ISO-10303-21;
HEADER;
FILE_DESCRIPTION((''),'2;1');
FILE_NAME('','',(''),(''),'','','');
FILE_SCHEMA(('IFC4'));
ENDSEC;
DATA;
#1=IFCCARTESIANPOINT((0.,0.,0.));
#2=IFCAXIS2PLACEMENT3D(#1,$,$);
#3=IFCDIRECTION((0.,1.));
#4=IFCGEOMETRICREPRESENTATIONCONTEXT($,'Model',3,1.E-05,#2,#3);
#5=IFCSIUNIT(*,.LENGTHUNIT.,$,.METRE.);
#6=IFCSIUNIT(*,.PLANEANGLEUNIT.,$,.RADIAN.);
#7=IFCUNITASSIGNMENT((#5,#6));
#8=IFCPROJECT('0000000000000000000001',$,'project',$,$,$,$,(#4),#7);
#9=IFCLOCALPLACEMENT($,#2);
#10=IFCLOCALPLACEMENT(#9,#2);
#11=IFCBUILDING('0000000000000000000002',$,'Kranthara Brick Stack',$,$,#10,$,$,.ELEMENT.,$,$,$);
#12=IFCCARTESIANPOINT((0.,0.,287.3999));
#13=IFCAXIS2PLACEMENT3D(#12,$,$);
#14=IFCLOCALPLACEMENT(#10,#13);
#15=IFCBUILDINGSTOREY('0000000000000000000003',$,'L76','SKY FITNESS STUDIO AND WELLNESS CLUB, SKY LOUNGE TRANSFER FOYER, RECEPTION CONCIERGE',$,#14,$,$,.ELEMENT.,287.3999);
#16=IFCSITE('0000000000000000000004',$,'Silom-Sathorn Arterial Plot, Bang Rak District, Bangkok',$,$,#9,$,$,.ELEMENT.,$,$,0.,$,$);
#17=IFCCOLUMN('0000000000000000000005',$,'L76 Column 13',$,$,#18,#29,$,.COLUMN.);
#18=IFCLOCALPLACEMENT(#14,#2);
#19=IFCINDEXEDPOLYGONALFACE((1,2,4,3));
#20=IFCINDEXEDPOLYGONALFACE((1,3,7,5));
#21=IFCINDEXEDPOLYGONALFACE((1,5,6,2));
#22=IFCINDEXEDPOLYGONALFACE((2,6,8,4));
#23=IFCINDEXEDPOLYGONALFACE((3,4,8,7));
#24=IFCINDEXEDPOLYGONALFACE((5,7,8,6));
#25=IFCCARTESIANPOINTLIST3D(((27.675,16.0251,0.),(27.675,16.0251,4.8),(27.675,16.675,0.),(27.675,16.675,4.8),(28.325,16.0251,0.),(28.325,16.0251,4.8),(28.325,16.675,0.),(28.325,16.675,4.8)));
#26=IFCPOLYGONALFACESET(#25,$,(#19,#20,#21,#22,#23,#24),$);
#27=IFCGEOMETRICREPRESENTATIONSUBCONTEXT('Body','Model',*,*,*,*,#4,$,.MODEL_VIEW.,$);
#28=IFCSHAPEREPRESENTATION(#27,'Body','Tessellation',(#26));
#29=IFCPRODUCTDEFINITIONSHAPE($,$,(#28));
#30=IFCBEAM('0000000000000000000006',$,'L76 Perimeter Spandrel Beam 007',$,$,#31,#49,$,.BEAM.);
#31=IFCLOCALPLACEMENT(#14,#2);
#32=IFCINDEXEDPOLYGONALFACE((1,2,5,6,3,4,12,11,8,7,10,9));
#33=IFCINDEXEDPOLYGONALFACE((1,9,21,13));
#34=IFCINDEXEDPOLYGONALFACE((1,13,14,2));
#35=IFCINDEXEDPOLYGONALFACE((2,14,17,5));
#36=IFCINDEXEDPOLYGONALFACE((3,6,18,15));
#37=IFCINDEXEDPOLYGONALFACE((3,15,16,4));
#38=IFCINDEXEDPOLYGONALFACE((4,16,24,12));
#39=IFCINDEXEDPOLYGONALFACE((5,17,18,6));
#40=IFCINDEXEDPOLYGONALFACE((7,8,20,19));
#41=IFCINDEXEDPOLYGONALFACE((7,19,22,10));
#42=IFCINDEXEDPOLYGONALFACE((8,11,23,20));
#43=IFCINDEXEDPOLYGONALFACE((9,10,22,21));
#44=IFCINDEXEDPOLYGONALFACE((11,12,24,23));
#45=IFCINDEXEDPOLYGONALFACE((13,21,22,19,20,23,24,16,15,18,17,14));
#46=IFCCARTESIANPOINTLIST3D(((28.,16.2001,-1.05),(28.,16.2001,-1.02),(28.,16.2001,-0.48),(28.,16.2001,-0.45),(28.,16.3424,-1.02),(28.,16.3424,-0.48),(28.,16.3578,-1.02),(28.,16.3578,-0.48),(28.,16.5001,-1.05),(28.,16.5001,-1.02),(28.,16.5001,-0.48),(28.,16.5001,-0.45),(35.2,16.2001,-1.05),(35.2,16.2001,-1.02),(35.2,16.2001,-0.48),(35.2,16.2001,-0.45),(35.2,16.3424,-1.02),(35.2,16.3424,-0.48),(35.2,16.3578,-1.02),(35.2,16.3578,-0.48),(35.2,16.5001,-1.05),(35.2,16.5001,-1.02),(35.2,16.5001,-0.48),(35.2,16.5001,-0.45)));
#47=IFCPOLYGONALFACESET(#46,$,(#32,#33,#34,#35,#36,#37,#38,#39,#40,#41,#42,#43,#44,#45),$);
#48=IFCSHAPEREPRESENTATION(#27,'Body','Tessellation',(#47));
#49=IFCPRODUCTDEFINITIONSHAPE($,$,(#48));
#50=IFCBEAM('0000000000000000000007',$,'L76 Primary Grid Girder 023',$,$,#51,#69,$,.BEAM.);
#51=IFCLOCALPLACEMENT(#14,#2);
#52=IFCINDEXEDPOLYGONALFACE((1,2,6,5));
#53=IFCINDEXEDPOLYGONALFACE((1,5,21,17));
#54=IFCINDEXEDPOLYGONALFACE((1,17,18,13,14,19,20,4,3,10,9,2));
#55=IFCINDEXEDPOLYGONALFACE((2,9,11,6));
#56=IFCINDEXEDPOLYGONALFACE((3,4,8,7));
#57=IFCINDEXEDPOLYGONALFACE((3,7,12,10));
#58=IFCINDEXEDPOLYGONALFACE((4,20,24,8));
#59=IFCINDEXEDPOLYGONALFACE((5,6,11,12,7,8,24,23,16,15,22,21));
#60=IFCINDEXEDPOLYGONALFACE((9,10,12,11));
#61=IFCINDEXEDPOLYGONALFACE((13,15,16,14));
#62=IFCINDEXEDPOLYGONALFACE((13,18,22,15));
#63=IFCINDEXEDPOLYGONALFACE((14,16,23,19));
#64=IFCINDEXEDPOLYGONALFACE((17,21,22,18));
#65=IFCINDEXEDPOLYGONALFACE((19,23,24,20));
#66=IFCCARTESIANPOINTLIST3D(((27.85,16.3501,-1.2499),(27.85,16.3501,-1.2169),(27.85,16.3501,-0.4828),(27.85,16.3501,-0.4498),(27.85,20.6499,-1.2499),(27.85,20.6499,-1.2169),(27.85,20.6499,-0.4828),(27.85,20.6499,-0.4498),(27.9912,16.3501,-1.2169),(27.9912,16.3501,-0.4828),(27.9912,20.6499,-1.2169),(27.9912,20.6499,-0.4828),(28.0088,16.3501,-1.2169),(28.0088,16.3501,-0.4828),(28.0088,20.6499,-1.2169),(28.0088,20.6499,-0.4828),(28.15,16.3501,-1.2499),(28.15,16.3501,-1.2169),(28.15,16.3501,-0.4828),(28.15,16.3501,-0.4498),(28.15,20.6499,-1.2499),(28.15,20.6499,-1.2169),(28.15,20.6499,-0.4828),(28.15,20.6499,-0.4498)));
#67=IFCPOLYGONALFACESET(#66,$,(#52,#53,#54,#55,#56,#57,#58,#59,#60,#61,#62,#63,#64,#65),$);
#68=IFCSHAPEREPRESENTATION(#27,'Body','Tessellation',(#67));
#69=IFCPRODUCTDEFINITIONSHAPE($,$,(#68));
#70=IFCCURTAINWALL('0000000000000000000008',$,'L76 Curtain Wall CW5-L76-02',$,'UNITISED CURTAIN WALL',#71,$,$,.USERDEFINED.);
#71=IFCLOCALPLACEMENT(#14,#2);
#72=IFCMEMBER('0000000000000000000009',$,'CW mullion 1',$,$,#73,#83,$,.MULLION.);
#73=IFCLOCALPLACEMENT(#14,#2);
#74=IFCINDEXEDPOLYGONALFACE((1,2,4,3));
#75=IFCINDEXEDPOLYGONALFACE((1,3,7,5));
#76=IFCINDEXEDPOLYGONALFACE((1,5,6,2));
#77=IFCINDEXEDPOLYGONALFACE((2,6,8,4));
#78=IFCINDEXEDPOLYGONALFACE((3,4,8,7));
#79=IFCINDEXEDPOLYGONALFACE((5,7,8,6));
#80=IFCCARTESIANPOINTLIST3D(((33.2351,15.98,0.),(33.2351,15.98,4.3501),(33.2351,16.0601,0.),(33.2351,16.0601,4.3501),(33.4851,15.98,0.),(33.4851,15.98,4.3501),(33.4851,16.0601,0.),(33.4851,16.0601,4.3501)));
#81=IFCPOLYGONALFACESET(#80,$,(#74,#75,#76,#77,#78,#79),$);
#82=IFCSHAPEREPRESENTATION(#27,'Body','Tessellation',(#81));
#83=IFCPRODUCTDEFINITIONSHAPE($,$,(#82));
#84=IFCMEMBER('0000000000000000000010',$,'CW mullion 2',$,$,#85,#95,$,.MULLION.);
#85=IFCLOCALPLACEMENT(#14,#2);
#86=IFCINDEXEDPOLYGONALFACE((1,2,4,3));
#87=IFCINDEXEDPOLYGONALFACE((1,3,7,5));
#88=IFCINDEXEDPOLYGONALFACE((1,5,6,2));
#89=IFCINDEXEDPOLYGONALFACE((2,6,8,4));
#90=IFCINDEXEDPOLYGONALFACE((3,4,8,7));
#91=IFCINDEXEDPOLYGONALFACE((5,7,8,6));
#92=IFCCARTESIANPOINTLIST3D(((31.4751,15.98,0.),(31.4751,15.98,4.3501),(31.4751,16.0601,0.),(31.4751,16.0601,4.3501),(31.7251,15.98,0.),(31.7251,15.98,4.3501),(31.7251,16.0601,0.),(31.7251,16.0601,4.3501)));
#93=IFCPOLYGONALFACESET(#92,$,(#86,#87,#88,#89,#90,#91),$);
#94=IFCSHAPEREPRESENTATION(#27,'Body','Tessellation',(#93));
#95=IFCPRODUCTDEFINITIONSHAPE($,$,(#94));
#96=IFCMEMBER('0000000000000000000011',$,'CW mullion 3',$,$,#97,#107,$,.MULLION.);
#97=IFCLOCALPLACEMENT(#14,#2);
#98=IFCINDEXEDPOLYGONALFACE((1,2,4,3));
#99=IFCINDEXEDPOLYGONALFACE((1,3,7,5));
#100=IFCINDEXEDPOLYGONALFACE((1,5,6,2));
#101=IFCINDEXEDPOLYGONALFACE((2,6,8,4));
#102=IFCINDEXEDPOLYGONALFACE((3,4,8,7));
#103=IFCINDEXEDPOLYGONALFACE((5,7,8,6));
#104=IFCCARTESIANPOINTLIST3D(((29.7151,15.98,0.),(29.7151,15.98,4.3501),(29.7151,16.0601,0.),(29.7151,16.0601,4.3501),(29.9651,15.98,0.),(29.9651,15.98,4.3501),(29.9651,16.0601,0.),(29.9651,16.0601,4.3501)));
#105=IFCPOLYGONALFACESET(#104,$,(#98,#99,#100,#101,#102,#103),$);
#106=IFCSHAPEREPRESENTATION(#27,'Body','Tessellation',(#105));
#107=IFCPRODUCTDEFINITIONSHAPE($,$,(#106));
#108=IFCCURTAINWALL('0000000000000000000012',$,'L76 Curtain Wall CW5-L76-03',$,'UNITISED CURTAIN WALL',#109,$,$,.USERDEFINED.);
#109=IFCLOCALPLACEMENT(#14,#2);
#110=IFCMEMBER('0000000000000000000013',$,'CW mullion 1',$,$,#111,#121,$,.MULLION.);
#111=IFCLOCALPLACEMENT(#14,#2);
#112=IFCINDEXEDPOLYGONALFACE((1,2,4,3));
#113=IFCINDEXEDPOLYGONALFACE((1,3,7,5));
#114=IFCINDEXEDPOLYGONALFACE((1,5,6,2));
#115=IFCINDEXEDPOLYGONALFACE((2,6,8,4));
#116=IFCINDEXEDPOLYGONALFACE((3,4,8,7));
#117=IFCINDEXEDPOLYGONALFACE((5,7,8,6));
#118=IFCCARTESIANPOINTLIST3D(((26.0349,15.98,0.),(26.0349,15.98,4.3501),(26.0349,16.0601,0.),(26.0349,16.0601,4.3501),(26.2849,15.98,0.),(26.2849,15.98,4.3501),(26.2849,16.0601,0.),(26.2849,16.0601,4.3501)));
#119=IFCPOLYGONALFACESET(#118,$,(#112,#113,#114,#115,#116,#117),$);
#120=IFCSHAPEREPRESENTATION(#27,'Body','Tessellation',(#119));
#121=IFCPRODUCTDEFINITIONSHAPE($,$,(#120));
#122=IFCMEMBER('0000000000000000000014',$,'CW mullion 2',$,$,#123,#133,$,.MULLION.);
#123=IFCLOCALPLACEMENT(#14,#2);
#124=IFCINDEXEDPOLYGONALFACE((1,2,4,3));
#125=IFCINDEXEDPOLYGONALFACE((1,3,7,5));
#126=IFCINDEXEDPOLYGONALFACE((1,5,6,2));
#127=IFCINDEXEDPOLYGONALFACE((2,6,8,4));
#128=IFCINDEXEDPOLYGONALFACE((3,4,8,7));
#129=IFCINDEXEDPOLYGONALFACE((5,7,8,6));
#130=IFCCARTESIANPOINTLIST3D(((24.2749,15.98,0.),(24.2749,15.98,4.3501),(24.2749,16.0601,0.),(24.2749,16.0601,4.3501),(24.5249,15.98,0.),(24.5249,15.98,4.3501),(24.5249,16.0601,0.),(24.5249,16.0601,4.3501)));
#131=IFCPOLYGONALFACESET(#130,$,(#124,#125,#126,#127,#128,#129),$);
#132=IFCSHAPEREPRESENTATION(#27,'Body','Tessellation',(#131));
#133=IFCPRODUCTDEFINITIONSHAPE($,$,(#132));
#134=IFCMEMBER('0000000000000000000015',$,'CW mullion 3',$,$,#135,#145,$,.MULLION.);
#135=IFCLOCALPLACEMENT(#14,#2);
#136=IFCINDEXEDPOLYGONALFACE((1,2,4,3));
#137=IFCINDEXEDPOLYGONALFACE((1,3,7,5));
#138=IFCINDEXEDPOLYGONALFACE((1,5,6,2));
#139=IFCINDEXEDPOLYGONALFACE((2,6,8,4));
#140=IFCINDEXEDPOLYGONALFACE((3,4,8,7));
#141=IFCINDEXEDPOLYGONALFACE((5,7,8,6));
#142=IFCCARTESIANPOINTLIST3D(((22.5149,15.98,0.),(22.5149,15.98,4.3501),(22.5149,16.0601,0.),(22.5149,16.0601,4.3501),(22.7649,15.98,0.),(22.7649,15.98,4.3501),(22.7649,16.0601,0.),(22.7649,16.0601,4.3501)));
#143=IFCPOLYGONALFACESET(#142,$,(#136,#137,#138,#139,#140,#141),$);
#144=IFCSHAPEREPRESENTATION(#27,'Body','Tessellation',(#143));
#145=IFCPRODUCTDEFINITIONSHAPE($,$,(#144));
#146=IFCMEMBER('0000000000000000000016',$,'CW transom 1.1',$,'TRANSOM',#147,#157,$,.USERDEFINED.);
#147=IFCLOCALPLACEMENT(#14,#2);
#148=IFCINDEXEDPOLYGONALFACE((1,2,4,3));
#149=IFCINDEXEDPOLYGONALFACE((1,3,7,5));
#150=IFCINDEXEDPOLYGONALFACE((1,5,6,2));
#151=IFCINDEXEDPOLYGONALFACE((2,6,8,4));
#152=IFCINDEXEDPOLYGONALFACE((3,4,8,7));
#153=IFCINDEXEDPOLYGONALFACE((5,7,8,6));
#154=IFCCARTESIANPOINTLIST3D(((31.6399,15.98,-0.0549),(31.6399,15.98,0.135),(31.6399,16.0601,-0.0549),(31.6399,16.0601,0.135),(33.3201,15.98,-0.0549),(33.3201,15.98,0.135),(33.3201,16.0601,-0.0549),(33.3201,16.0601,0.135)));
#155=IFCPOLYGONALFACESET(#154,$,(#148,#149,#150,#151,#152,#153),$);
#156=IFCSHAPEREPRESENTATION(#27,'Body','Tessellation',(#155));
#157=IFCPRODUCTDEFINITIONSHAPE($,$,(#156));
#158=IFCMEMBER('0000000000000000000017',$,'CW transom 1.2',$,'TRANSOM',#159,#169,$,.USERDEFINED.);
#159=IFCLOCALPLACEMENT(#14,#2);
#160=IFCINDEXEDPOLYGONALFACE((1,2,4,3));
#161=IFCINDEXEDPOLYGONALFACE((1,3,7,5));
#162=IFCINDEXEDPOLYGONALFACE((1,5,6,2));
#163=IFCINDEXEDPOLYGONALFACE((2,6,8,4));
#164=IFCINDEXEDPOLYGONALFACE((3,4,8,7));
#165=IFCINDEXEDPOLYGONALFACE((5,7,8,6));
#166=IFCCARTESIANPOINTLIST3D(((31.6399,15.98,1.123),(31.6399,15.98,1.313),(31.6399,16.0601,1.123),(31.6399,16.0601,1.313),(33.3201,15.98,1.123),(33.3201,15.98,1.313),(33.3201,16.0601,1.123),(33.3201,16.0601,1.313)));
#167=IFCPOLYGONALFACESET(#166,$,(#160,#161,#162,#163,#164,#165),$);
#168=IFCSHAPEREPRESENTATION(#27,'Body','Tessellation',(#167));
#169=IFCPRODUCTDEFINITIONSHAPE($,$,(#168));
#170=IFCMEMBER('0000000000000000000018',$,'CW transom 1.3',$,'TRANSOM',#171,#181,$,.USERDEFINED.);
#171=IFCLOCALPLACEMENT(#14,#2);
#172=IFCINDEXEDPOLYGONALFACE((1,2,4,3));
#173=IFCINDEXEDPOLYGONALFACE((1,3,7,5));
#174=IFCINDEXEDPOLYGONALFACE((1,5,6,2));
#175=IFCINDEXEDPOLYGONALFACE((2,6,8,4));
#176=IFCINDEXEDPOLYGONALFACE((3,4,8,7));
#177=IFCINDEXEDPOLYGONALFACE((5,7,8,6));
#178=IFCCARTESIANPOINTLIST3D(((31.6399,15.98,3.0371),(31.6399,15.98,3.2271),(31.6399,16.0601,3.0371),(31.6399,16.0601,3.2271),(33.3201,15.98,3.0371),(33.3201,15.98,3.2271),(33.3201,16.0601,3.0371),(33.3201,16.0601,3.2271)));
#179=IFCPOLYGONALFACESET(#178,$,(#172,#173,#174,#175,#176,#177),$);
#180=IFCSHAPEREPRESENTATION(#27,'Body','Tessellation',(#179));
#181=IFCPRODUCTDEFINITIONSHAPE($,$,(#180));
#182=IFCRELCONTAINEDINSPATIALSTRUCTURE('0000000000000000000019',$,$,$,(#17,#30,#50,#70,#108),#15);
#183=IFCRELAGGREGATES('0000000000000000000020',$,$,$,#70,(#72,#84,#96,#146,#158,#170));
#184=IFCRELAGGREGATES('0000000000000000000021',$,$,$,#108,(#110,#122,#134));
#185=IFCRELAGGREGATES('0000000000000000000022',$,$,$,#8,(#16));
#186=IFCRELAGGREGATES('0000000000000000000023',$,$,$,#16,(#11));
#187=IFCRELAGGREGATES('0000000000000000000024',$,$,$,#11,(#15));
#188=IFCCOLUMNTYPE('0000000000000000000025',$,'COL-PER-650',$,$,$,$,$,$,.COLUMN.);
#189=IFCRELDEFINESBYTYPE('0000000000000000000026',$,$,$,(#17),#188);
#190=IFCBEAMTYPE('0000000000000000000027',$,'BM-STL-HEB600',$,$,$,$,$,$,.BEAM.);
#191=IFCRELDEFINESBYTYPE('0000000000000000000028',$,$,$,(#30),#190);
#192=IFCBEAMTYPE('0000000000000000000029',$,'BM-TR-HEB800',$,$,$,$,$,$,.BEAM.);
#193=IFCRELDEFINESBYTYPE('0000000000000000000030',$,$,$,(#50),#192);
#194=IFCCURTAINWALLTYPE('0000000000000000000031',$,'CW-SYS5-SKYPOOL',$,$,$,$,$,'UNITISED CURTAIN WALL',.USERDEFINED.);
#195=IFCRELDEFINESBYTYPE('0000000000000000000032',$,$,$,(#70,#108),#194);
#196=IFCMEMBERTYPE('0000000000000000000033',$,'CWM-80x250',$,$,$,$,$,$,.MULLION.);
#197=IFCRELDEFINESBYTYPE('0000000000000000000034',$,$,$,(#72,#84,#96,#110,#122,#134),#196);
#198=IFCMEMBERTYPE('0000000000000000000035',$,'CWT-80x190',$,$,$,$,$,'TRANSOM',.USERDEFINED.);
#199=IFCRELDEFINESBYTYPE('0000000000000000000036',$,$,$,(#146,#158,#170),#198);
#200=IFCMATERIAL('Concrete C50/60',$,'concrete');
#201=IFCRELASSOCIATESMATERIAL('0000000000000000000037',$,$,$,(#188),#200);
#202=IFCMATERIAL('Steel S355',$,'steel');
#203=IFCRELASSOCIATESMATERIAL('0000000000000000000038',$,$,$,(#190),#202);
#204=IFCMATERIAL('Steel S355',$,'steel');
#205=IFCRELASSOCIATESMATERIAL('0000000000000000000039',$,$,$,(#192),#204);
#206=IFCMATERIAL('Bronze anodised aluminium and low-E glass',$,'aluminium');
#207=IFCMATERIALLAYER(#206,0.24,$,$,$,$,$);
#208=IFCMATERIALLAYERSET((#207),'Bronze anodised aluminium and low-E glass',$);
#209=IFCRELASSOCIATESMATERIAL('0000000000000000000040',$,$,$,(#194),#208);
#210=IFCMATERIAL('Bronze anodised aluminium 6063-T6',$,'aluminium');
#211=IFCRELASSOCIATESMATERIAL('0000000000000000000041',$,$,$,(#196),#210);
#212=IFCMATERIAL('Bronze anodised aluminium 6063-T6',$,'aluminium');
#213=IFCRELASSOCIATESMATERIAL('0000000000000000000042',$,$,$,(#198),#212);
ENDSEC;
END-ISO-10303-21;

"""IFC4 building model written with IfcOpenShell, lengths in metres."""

from ifc_helpers import new_model, si_unit, direction, frame, origin, origin_2d, place, context, subcontext, project, spatial, rectangle, i_section, extrude, material, layer, layer_set, material_profile, profile_set, type_object, element, aggregate, save


model = new_model("IFC4")

# Units and contexts
model_context = context("Model", 3, precision=1e-05, world=origin(), true_north=direction((0.0, 1.0)))
body_context = subcontext(model_context, "Body", "Model", "MODEL_VIEW")
ifc_project = project(units=[si_unit("LENGTHUNIT", "METRE"), si_unit("PLANEANGLEUNIT", "RADIAN")], contexts=[model_context])

# Site, building, storey
site_placement = place(None, origin())
site = spatial("IfcSite", under=ifc_project, at=site_placement, Name="Silom-Sathorn Arterial Plot, Bang Rak District, Bangkok", CompositionType="ELEMENT", RefElevation=0.0)
building_placement = place(site_placement, origin())
building = spatial("IfcBuilding", under=site, at=building_placement, Name="Kranthara Brick Stack", CompositionType="ELEMENT")
storey_placement = place(building_placement, frame((0.0, 0.0, 287.3999)))
storey = spatial("IfcBuildingStorey", under=building, at=storey_placement, Name="L76", Description="SKY FITNESS STUDIO AND WELLNESS CLUB, SKY LOUNGE TRANSFER FOYER, RECEPTION CONCIERGE", CompositionType="ELEMENT", Elevation=287.3999)

# Column
ifc_material_1 = material(Name="Concrete C50/60", Category="concrete")
ifc_material_profile_1 = material_profile(ifc_material_1, rectangle(XDim=0.6499, YDim=0.6499, at=origin_2d()), Name="RC 650x650")
ifc_profile_set_1 = profile_set([ifc_material_profile_1], Name="Concrete C50/60")
column_type = type_object("IfcColumnType", Name="COL-PER-650", PredefinedType="COLUMN", material=ifc_profile_set_1)
column_placement = place(storey_placement, frame((28.0, 16.3501, 0.0), z_axis=(0.0, 0.0, 1.0), x_axis=(1.0, 0.0, 0.0)))
element("IfcColumn", 1, at=column_placement, inside=storey, type_object=column_type, Name="L76 Column 13", PredefinedType="COLUMN", context=body_context, shape_type="SweptSolid", body=[
    extrude(rectangle(XDim=0.6499, YDim=0.6499, at=origin_2d()), origin(), (0.0, 0.0, 1.0), 4.8),
])

# Beams
ifc_material_2 = material(Name="Steel S355", Category="steel")
ifc_material_profile_2 = material_profile(ifc_material_2, i_section(OverallWidth=0.3, OverallDepth=0.6001, WebThickness=0.0154, FlangeThickness=0.03, at=origin_2d()), Name="HEB 600")
ifc_profile_set_2 = profile_set([ifc_material_profile_2], Name="Steel S355")
beam_type_1 = type_object("IfcBeamType", Name="BM-STL-HEB600", PredefinedType="BEAM", material=ifc_profile_set_2)
beam_1_placement = place(storey_placement, frame((28.0, 16.3501, -0.75), z_axis=(1.0, 0.0, 0.0), x_axis=(0.0, 1.0, 0.0)))
element("IfcBeam", 2, at=beam_1_placement, inside=storey, type_object=beam_type_1, Name="L76 Perimeter Spandrel Beam 007", PredefinedType="BEAM", context=body_context, shape_type="SweptSolid", body=[
    extrude(i_section(OverallWidth=0.3, OverallDepth=0.6001, WebThickness=0.0154, FlangeThickness=0.03, at=origin_2d()), origin(), (0.0, 0.0, 1.0), 7.2),
])
ifc_material_3 = material(Name="Steel S355", Category="steel")
ifc_material_profile_3 = material_profile(ifc_material_3, i_section(OverallWidth=0.3, OverallDepth=0.8, WebThickness=0.0176, FlangeThickness=0.033, at=origin_2d()), Name="HEB 800")
ifc_profile_set_3 = profile_set([ifc_material_profile_3], Name="Steel S355")
beam_type_2 = type_object("IfcBeamType", Name="BM-TR-HEB800", PredefinedType="BEAM", material=ifc_profile_set_3)
beam_2_placement = place(storey_placement, frame((28.0, 16.3501, -0.8499), z_axis=(0.0, 1.0, 0.0), x_axis=(-1.0, 0.0, 0.0)))
element("IfcBeam", 3, at=beam_2_placement, inside=storey, type_object=beam_type_2, Name="L76 Primary Grid Girder 023", PredefinedType="BEAM", context=body_context, shape_type="SweptSolid", body=[
    extrude(i_section(OverallWidth=0.3, OverallDepth=0.8, WebThickness=0.0176, FlangeThickness=0.033, at=origin_2d()), origin(), (0.0, 0.0, 1.0), 4.2998),
])

# Curtain walls, members
ifc_material_4 = material(Name="Bronze anodised aluminium and low-E glass", Category="aluminium")
ifc_layer_1 = layer(ifc_material_4, 0.24)
ifc_layer_set_1 = layer_set([ifc_layer_1], Name="Bronze anodised aluminium and low-E glass")
curtain_wall_type = type_object("IfcCurtainWallType", Name="CW-SYS5-SKYPOOL", ElementType="UNITISED CURTAIN WALL", PredefinedType="USERDEFINED", material=ifc_layer_set_1)
curtain_wall_1_placement = place(storey_placement, origin())
curtain_wall_1 = element("IfcCurtainWall", 4, at=curtain_wall_1_placement, inside=storey, type_object=curtain_wall_type, Name="L76 Curtain Wall CW5-L76-02", ObjectType="UNITISED CURTAIN WALL", PredefinedType="USERDEFINED")
ifc_material_5 = material(Name="Bronze anodised aluminium 6063-T6", Category="aluminium")
ifc_material_profile_4 = material_profile(ifc_material_5, rectangle(XDim=0.0801, YDim=0.25, at=origin_2d()), Name="ALU MULLION 80x250")
ifc_profile_set_4 = profile_set([ifc_material_profile_4], Name="Bronze anodised aluminium 6063-T6")
member_type_1 = type_object("IfcMemberType", Name="CWM-80x250", PredefinedType="MULLION", material=ifc_profile_set_4)
member_1_placement = place(storey_placement, frame((33.3601, 16.02, 0.0), z_axis=(0.0, 0.0, 1.0), x_axis=(0.0, -1.0, 0.0)))
member_1 = element("IfcMember", 5, at=member_1_placement, type_object=member_type_1, Name="CW mullion 1", PredefinedType="MULLION", context=body_context, shape_type="SweptSolid", body=[
    extrude(rectangle(XDim=0.0801, YDim=0.25, at=origin_2d()), origin(), (0.0, 0.0, 1.0), 4.3501),
])
member_2_placement = place(storey_placement, frame((31.6001, 16.02, 0.0), z_axis=(0.0, 0.0, 1.0), x_axis=(0.0, -1.0, 0.0)))
member_2 = element("IfcMember", 6, at=member_2_placement, type_object=member_type_1, Name="CW mullion 2", PredefinedType="MULLION", context=body_context, shape_type="SweptSolid", body=[
    extrude(rectangle(XDim=0.0801, YDim=0.25, at=origin_2d()), origin(), (0.0, 0.0, 1.0), 4.3501),
])
member_3_placement = place(storey_placement, frame((29.8401, 16.02, 0.0), z_axis=(0.0, 0.0, 1.0), x_axis=(0.0, -1.0, 0.0)))
member_3 = element("IfcMember", 7, at=member_3_placement, type_object=member_type_1, Name="CW mullion 3", PredefinedType="MULLION", context=body_context, shape_type="SweptSolid", body=[
    extrude(rectangle(XDim=0.0801, YDim=0.25, at=origin_2d()), origin(), (0.0, 0.0, 1.0), 4.3501),
])
curtain_wall_2_placement = place(storey_placement, origin())
curtain_wall_2 = element("IfcCurtainWall", 8, at=curtain_wall_2_placement, inside=storey, type_object=curtain_wall_type, Name="L76 Curtain Wall CW5-L76-03", ObjectType="UNITISED CURTAIN WALL", PredefinedType="USERDEFINED")
member_4_placement = place(storey_placement, frame((26.1599, 16.02, 0.0), z_axis=(0.0, 0.0, 1.0), x_axis=(0.0, -1.0, 0.0)))
member_4 = element("IfcMember", 9, at=member_4_placement, type_object=member_type_1, Name="CW mullion 1", PredefinedType="MULLION", context=body_context, shape_type="SweptSolid", body=[
    extrude(rectangle(XDim=0.0801, YDim=0.25, at=origin_2d()), origin(), (0.0, 0.0, 1.0), 4.3501),
])
member_5_placement = place(storey_placement, frame((24.3999, 16.02, 0.0), z_axis=(0.0, 0.0, 1.0), x_axis=(0.0, -1.0, 0.0)))
member_5 = element("IfcMember", 10, at=member_5_placement, type_object=member_type_1, Name="CW mullion 2", PredefinedType="MULLION", context=body_context, shape_type="SweptSolid", body=[
    extrude(rectangle(XDim=0.0801, YDim=0.25, at=origin_2d()), origin(), (0.0, 0.0, 1.0), 4.3501),
])
member_6_placement = place(storey_placement, frame((22.6399, 16.02, 0.0), z_axis=(0.0, 0.0, 1.0), x_axis=(0.0, -1.0, 0.0)))
member_6 = element("IfcMember", 11, at=member_6_placement, type_object=member_type_1, Name="CW mullion 3", PredefinedType="MULLION", context=body_context, shape_type="SweptSolid", body=[
    extrude(rectangle(XDim=0.0801, YDim=0.25, at=origin_2d()), origin(), (0.0, 0.0, 1.0), 4.3501),
])

# Members
ifc_material_6 = material(Name="Bronze anodised aluminium 6063-T6", Category="aluminium")
ifc_material_profile_5 = material_profile(ifc_material_6, rectangle(XDim=0.0801, YDim=0.1899, at=origin_2d()), Name="ALU TRANSOM 80x190")
ifc_profile_set_5 = profile_set([ifc_material_profile_5], Name="Bronze anodised aluminium 6063-T6")
member_type_2 = type_object("IfcMemberType", Name="CWT-80x190", ElementType="TRANSOM", PredefinedType="USERDEFINED", material=ifc_profile_set_5)
member_7_placement = place(storey_placement, frame((33.3201, 16.02, 0.04), z_axis=(-1.0, 0.0, 0.0), x_axis=(0.0, -1.0, 0.0)))
member_7 = element("IfcMember", 12, at=member_7_placement, type_object=member_type_2, Name="CW transom 1.1", ObjectType="TRANSOM", PredefinedType="USERDEFINED", context=body_context, shape_type="SweptSolid", body=[
    extrude(rectangle(XDim=0.0801, YDim=0.1899, at=origin_2d()), origin(), (0.0, 0.0, 1.0), 1.6802),
])
member_8_placement = place(storey_placement, frame((33.3201, 16.02, 1.218), z_axis=(-1.0, 0.0, 0.0), x_axis=(0.0, -1.0, 0.0)))
member_8 = element("IfcMember", 13, at=member_8_placement, type_object=member_type_2, Name="CW transom 1.2", ObjectType="TRANSOM", PredefinedType="USERDEFINED", context=body_context, shape_type="SweptSolid", body=[
    extrude(rectangle(XDim=0.0801, YDim=0.1899, at=origin_2d()), origin(), (0.0, 0.0, 1.0), 1.6802),
])
member_9_placement = place(storey_placement, frame((33.3201, 16.02, 3.1321), z_axis=(-1.0, 0.0, 0.0), x_axis=(0.0, -1.0, 0.0)))
member_9 = element("IfcMember", 14, at=member_9_placement, type_object=member_type_2, Name="CW transom 1.3", ObjectType="TRANSOM", PredefinedType="USERDEFINED", context=body_context, shape_type="SweptSolid", body=[
    extrude(rectangle(XDim=0.0801, YDim=0.1899, at=origin_2d()), origin(), (0.0, 0.0, 1.0), 1.6802),
])

aggregate(curtain_wall_1, [member_1, member_2, member_3, member_7, member_8, member_9])
aggregate(curtain_wall_2, [member_4, member_5, member_6])

save(model, "model.ifc")
